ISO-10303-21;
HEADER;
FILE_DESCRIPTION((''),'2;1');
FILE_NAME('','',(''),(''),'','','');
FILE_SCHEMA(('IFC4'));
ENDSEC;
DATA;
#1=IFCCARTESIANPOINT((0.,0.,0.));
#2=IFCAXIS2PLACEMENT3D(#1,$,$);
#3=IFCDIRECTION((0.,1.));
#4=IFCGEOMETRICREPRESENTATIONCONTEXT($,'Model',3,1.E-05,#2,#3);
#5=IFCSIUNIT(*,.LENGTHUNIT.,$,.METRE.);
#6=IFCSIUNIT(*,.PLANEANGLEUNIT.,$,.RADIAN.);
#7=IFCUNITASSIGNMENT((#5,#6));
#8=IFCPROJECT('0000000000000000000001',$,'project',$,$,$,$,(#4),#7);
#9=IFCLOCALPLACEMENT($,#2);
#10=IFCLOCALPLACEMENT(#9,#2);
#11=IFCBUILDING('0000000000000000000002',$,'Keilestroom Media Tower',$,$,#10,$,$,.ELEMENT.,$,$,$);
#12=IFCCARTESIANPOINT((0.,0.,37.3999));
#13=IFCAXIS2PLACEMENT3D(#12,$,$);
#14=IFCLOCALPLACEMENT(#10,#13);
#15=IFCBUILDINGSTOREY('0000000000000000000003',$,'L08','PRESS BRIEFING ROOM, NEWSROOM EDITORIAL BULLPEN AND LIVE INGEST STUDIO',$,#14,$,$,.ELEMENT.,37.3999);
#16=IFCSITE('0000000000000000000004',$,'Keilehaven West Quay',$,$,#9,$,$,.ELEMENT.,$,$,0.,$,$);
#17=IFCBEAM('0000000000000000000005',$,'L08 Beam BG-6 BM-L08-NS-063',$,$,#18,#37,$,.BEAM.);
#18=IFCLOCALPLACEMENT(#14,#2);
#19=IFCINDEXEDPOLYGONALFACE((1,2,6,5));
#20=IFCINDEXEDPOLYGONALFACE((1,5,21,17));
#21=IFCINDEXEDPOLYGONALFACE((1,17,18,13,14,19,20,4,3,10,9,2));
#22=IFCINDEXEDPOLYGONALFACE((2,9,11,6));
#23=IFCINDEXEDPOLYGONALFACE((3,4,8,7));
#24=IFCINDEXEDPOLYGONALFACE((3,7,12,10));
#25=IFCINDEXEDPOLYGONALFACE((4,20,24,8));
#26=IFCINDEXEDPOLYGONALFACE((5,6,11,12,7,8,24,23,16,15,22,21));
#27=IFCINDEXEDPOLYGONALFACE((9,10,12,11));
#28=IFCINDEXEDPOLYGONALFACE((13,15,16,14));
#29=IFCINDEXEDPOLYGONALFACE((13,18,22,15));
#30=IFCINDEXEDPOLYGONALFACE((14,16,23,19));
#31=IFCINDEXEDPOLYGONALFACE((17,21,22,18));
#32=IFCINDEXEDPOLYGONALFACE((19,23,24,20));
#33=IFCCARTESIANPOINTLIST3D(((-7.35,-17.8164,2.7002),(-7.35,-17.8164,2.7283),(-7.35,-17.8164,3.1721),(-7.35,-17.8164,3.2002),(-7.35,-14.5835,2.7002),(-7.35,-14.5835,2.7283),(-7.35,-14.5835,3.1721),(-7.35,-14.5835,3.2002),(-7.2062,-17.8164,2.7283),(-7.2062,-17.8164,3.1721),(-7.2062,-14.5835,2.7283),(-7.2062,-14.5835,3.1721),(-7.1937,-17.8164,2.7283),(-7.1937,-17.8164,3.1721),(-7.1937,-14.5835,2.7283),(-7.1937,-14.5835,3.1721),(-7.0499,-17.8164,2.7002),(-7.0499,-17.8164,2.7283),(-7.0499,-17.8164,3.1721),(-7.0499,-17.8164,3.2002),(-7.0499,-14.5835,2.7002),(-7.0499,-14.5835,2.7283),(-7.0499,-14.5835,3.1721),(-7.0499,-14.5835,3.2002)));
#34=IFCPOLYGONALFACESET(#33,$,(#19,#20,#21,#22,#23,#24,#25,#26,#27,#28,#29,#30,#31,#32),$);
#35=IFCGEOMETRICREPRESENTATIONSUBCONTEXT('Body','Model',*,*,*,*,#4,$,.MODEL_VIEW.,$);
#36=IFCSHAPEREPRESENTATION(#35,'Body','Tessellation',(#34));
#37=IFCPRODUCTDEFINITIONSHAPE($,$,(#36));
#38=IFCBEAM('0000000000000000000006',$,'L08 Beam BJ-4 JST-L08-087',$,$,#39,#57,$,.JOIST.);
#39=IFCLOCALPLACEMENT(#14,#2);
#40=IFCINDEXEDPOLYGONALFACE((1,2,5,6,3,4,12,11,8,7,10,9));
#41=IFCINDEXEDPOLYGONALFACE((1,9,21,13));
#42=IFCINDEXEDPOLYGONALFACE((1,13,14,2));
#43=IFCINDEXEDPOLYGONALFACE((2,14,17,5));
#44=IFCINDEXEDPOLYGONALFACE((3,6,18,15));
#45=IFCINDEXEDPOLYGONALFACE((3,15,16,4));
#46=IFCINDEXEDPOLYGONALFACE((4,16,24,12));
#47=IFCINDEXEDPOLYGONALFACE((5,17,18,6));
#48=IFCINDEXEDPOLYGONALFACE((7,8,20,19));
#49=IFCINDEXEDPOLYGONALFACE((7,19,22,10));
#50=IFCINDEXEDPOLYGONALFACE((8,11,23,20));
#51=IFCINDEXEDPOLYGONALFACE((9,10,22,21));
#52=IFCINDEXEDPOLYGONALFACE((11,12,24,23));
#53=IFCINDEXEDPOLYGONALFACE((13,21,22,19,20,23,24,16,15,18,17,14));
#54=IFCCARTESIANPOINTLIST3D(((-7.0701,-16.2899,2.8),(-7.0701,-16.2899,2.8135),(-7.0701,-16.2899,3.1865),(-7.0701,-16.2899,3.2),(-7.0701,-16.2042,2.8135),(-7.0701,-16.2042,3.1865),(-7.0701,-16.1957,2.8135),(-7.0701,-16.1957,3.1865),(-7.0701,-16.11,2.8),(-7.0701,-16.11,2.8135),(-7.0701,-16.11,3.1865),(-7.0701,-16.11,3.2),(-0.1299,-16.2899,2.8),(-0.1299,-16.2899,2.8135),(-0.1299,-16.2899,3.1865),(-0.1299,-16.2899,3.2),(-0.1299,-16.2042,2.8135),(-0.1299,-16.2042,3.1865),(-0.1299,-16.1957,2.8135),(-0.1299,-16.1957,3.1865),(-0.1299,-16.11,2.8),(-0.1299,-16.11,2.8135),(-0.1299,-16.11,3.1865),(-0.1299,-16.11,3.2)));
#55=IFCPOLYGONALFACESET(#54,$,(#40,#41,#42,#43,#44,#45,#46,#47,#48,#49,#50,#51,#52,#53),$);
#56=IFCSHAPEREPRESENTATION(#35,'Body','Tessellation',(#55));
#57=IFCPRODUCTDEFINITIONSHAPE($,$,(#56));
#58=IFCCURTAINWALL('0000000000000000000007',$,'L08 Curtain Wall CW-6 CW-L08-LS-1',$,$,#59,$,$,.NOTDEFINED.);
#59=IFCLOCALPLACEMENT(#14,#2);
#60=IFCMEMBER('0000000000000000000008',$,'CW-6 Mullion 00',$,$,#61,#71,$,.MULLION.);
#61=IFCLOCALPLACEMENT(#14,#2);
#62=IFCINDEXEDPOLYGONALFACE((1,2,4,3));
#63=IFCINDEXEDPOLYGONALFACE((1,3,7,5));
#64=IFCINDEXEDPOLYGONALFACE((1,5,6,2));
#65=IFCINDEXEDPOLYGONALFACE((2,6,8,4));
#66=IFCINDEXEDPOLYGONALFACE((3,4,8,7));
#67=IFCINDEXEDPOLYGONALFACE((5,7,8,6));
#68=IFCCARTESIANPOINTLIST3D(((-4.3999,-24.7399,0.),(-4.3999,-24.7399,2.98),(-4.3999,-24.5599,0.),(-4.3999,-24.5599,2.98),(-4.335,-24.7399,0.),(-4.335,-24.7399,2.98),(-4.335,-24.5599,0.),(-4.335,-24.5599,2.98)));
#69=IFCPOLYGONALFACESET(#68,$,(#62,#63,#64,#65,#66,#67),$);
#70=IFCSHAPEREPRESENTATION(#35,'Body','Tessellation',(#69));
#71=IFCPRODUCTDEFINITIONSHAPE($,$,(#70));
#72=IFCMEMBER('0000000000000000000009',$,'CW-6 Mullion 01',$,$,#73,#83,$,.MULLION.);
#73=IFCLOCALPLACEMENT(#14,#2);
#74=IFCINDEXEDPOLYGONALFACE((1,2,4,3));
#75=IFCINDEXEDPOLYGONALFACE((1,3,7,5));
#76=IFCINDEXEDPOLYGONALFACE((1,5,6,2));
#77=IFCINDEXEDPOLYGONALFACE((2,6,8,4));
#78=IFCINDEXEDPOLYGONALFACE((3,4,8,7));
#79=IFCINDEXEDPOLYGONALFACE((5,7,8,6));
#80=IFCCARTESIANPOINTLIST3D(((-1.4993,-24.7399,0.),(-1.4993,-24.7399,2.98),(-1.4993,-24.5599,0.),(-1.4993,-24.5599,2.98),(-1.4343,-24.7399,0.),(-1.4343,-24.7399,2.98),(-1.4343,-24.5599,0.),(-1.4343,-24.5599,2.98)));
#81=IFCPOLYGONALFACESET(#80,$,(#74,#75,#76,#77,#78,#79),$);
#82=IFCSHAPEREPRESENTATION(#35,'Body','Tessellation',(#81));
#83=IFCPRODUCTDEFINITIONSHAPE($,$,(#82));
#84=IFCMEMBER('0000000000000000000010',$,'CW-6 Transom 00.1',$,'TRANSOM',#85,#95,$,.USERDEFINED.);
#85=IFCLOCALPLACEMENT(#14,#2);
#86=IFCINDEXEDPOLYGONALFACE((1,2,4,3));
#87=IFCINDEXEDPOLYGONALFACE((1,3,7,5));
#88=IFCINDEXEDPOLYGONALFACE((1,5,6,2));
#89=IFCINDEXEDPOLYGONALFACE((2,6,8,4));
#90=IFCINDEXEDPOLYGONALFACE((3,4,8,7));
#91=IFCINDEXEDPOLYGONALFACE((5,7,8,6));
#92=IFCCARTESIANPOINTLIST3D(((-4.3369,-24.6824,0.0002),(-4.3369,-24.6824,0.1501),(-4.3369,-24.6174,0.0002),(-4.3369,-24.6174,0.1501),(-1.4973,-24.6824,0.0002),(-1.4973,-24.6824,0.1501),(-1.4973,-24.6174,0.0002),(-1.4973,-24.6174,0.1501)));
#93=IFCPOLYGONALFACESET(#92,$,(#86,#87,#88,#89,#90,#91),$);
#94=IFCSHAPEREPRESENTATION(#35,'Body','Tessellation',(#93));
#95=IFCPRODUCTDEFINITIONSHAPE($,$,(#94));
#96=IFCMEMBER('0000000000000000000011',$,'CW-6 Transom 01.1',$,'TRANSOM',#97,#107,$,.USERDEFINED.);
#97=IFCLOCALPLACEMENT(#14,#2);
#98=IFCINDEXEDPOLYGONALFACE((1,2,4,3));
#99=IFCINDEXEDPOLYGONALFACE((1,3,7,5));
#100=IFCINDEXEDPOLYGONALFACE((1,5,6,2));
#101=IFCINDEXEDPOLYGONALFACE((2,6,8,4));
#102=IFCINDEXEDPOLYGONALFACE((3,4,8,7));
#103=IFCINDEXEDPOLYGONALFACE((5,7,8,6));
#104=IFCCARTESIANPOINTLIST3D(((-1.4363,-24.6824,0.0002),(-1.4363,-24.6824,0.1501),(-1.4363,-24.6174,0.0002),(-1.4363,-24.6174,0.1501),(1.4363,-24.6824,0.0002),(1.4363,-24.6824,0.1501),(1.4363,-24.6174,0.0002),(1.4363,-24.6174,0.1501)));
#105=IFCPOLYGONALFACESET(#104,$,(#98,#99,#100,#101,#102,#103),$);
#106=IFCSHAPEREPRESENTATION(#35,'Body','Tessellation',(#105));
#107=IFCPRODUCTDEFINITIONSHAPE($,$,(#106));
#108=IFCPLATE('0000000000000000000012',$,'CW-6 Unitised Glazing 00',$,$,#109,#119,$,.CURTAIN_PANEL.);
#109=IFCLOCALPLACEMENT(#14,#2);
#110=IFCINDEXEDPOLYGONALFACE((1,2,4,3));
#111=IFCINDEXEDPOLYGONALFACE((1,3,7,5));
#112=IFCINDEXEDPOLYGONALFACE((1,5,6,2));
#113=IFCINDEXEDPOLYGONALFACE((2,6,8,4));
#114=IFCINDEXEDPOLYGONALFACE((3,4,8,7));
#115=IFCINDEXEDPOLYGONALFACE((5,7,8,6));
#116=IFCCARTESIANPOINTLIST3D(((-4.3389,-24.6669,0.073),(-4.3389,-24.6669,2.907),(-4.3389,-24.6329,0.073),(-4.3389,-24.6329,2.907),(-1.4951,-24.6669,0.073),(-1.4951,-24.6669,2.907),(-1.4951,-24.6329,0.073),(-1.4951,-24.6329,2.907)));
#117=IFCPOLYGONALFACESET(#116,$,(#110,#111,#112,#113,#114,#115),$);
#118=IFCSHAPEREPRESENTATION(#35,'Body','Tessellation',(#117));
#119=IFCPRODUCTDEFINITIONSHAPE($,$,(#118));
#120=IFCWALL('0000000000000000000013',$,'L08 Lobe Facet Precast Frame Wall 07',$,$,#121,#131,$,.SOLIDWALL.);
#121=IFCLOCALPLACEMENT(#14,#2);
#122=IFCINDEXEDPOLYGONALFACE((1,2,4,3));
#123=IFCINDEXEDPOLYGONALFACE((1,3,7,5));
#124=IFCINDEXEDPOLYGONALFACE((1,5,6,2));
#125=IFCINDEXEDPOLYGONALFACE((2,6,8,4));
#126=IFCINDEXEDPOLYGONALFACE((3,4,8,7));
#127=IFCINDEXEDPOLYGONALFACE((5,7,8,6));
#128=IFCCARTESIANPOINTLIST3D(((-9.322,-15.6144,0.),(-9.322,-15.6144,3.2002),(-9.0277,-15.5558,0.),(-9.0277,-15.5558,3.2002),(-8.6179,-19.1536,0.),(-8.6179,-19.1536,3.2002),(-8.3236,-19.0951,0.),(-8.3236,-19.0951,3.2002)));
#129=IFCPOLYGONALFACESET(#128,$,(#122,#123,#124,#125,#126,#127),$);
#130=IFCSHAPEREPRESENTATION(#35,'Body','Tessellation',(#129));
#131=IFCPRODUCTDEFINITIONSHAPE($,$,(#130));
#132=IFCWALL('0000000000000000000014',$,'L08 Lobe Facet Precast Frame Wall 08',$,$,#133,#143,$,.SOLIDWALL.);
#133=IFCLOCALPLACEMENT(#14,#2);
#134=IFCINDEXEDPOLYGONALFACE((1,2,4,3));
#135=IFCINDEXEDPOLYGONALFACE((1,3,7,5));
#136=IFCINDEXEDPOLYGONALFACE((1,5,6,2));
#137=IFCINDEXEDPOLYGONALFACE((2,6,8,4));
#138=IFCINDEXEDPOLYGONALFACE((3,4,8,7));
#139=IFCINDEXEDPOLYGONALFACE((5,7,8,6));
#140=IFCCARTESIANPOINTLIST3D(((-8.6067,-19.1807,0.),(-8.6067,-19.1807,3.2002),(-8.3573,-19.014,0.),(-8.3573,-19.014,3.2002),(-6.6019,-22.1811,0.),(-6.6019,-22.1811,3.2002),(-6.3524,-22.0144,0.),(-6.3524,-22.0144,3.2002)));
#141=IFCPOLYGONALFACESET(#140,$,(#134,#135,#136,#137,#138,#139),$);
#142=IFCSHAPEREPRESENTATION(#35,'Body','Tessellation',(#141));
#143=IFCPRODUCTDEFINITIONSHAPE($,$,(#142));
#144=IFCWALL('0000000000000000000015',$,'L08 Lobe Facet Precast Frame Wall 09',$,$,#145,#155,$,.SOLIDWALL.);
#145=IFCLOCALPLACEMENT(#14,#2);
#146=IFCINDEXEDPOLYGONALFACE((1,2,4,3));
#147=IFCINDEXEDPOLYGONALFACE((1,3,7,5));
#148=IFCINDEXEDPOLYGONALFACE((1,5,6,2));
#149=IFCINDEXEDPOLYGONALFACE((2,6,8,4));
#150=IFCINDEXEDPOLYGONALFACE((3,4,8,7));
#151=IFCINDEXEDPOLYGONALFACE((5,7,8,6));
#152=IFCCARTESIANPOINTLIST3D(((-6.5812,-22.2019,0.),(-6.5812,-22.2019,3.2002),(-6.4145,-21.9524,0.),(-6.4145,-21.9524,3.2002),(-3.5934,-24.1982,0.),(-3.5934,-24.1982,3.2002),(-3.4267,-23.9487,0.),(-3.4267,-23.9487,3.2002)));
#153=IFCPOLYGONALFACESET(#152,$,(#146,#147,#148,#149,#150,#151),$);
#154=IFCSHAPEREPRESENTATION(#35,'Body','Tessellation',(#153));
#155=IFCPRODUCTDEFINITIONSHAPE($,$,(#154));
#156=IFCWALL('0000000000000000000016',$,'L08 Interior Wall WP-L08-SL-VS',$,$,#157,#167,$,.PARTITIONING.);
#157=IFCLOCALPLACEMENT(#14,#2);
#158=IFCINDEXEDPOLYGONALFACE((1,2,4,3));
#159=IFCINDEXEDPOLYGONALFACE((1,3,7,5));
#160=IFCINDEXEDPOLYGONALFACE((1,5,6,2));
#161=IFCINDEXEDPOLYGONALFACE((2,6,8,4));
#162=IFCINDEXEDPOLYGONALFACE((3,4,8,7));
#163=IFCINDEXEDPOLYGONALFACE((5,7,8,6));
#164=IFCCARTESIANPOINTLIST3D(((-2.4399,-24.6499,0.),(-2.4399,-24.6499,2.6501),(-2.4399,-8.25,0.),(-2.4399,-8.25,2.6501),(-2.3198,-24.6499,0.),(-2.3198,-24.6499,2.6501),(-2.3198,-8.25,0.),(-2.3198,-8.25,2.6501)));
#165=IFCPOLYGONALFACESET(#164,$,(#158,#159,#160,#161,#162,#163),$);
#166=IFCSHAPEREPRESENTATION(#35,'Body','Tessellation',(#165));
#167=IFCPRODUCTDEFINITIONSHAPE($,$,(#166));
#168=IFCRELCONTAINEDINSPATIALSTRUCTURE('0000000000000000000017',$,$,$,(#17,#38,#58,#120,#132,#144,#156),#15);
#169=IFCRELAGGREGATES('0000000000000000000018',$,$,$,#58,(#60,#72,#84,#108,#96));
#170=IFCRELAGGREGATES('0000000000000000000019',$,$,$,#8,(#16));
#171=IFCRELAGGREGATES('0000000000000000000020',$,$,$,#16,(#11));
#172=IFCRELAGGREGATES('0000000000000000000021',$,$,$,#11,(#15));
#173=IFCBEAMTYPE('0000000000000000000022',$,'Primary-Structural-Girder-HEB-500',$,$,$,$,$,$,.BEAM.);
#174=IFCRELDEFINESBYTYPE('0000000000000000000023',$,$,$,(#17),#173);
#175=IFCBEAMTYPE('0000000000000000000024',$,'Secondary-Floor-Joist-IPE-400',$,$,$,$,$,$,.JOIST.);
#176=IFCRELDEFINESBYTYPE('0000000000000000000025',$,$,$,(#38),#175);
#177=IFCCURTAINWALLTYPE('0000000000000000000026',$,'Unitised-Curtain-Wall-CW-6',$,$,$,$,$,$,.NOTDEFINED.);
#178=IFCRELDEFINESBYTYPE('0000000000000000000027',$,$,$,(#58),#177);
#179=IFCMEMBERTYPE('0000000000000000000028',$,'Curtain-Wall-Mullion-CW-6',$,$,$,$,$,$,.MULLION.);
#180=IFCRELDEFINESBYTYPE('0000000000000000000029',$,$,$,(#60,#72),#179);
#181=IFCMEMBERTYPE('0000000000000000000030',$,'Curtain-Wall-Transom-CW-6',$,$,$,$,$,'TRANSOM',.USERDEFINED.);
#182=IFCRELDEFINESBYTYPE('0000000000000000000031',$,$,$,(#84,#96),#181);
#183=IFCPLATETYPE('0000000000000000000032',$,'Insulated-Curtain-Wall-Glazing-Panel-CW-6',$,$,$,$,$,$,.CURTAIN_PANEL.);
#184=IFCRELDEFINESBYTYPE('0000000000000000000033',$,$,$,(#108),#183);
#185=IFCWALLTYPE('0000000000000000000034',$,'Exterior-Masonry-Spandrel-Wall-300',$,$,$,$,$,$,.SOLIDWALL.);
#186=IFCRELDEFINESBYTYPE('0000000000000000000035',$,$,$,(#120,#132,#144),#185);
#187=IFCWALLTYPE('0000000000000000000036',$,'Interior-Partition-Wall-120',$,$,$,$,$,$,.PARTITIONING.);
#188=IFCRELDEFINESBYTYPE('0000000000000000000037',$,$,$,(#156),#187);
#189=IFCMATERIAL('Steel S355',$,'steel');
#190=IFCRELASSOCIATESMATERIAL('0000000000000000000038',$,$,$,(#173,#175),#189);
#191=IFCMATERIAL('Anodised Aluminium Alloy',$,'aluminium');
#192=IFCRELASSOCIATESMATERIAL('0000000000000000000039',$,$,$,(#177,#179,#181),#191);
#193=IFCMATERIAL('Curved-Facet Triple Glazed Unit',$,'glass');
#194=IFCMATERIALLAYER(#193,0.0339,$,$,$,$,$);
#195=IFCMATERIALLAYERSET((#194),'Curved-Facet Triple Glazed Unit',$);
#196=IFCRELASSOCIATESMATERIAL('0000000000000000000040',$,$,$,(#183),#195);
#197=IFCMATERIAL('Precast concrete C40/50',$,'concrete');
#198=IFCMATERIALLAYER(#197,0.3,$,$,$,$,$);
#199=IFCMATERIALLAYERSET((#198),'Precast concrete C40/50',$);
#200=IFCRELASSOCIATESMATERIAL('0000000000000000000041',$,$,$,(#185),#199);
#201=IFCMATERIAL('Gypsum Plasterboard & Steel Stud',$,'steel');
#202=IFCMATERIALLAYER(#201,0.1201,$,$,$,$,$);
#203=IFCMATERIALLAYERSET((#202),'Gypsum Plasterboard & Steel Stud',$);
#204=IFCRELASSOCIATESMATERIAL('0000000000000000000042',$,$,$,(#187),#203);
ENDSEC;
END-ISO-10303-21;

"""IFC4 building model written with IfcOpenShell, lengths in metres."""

from ifc_helpers import new_model, si_unit, direction, frame, frame_2d, origin, origin_2d, place, context, subcontext, project, spatial, rectangle, i_section, extrude, source, transform, mapped, material, layer, layer_set, material_profile, profile_set, type_object, element, aggregate, save


model = new_model("IFC4")

# Units and contexts
model_context = context("Model", 3, precision=1e-05, world=origin(), true_north=direction((0.0, 1.0)))
body_context = subcontext(model_context, "Body", "Model", "MODEL_VIEW")
ifc_project = project(units=[si_unit("LENGTHUNIT", "METRE"), si_unit("PLANEANGLEUNIT", "RADIAN")], contexts=[model_context])

# Site, building, storey
site_placement = place(None, origin())
site = spatial("IfcSite", under=ifc_project, at=site_placement, Name="Keilehaven West Quay", CompositionType="ELEMENT", RefElevation=0.0)
building_placement = place(site_placement, origin())
building = spatial("IfcBuilding", under=site, at=building_placement, Name="Keilestroom Media Tower", CompositionType="ELEMENT")
storey_placement = place(building_placement, frame((0.0, 0.0, 37.3999)))
storey = spatial("IfcBuildingStorey", under=building, at=storey_placement, Name="L08", Description="PRESS BRIEFING ROOM, NEWSROOM EDITORIAL BULLPEN AND LIVE INGEST STUDIO", CompositionType="ELEMENT", Elevation=37.3999)

# Beams
ifc_material_1 = material(Name="Steel S355", Category="steel")
ifc_material_profile_1 = material_profile(ifc_material_1, i_section(OverallWidth=0.3, OverallDepth=0.5, WebThickness=0.0125, FlangeThickness=0.0281, at=origin_2d()), Name="HEB 500")
ifc_profile_set_1 = profile_set([ifc_material_profile_1], Name="Steel S355")
beam_type_1 = type_object("IfcBeamType", Name="Primary-Structural-Girder-HEB-500", PredefinedType="BEAM", material=ifc_profile_set_1)
shared_shape_1 = source(origin(), body_context, "Body", "SweptSolid", [
    extrude(i_section(OverallWidth=0.3, OverallDepth=0.5, WebThickness=0.0125, FlangeThickness=0.0281, at=origin_2d()), origin(), (0.0, 0.0, 1.0), 3.2329),
])
beam_1_placement = place(storey_placement, frame((-7.2, -17.8164, 2.9502), z_axis=(0.0, 1.0, 0.0), x_axis=(-1.0, 0.0, 0.0)))
element("IfcBeam", 1, at=beam_1_placement, inside=storey, type_object=beam_type_1, Name="L08 Beam BG-6 BM-L08-NS-063", PredefinedType="BEAM", context=body_context, shape_type="MappedRepresentation", body=[
    mapped(shared_shape_1, transform((0.0, 0.0, 0.0), x_axis=(1.0, 0.0, 0.0), y_axis=(0.0, 1.0, 0.0), z_axis=(0.0, 0.0, 1.0), scale=1.0)),
])
ifc_material_profile_2 = material_profile(ifc_material_1, i_section(OverallWidth=0.1799, OverallDepth=0.3999, WebThickness=0.0085, FlangeThickness=0.0134, at=origin_2d()), Name="IPE 400")
ifc_profile_set_2 = profile_set([ifc_material_profile_2], Name="Steel S355")
beam_type_2 = type_object("IfcBeamType", Name="Secondary-Floor-Joist-IPE-400", PredefinedType="JOIST", material=ifc_profile_set_2)
shared_shape_2 = source(origin(), body_context, "Body", "SweptSolid", [
    extrude(i_section(OverallWidth=0.1799, OverallDepth=0.3999, WebThickness=0.0085, FlangeThickness=0.0134, at=origin_2d()), origin(), (0.0, 0.0, 1.0), 6.9402),
])
beam_2_placement = place(storey_placement, frame((-7.0701, -16.2, 3.0), z_axis=(1.0, 0.0, 0.0), x_axis=(0.0, 1.0, 0.0)))
element("IfcBeam", 2, at=beam_2_placement, inside=storey, type_object=beam_type_2, Name="L08 Beam BJ-4 JST-L08-087", PredefinedType="JOIST", context=body_context, shape_type="MappedRepresentation", body=[
    mapped(shared_shape_2, transform((0.0, 0.0, 0.0), x_axis=(1.0, 0.0, 0.0), y_axis=(0.0, 1.0, 0.0), z_axis=(0.0, 0.0, 1.0), scale=1.0)),
])

# Curtain wall, members, plate
ifc_material_2 = material(Name="Anodised Aluminium Alloy", Category="aluminium")
curtain_wall_type = type_object("IfcCurtainWallType", Name="Unitised-Curtain-Wall-CW-6", PredefinedType="NOTDEFINED", material=ifc_material_2)
curtain_wall_placement = place(storey_placement, origin())
curtain_wall = element("IfcCurtainWall", 3, at=curtain_wall_placement, inside=storey, type_object=curtain_wall_type, Name="L08 Curtain Wall CW-6 CW-L08-LS-1", PredefinedType="NOTDEFINED")
ifc_material_profile_3 = material_profile(ifc_material_2, rectangle(XDim=0.0649, YDim=0.1799, at=origin_2d()), Name="ALU MULLION 65x180")
ifc_profile_set_3 = profile_set([ifc_material_profile_3], Name="Anodised Aluminium Alloy")
member_type_1 = type_object("IfcMemberType", Name="Curtain-Wall-Mullion-CW-6", PredefinedType="MULLION", material=ifc_profile_set_3)
shared_shape_3 = source(origin(), body_context, "Body", "SweptSolid", [
    extrude(rectangle(XDim=0.0649, YDim=0.1799, at=origin_2d()), origin(), (0.0, 0.0, 1.0), 2.98),
])
member_1_placement = place(storey_placement, frame((-4.3674, -24.6499, 0.0), z_axis=(0.0, 0.0, 1.0), x_axis=(1.0, 0.0, 0.0)))
member_1 = element("IfcMember", 4, at=member_1_placement, type_object=member_type_1, Name="CW-6 Mullion 00", PredefinedType="MULLION", context=body_context, shape_type="MappedRepresentation", body=[
    mapped(shared_shape_3, transform((0.0, 0.0, 0.0), x_axis=(1.0, 0.0, 0.0), y_axis=(0.0, 1.0, 0.0), z_axis=(0.0, 0.0, 1.0), scale=1.0)),
])
member_2_placement = place(storey_placement, frame((-1.4668, -24.6499, 0.0), z_axis=(0.0, 0.0, 1.0), x_axis=(1.0, 0.0, 0.0)))
member_2 = element("IfcMember", 5, at=member_2_placement, type_object=member_type_1, Name="CW-6 Mullion 01", PredefinedType="MULLION", context=body_context, shape_type="MappedRepresentation", body=[
    mapped(shared_shape_3, transform((0.0, 0.0, 0.0), x_axis=(1.0, 0.0, 0.0), y_axis=(0.0, 1.0, 0.0), z_axis=(0.0, 0.0, 1.0), scale=1.0)),
])
ifc_material_profile_4 = material_profile(ifc_material_2, rectangle(XDim=0.0649, YDim=0.1499, at=origin_2d()), Name="ALU TRANSOM 65x150")
ifc_profile_set_4 = profile_set([ifc_material_profile_4], Name="Anodised Aluminium Alloy")
member_type_2 = type_object("IfcMemberType", Name="Curtain-Wall-Transom-CW-6", ElementType="TRANSOM", PredefinedType="USERDEFINED", material=ifc_profile_set_4)
shared_shape_4 = source(origin(), body_context, "Body", "SweptSolid", [
    extrude(rectangle(XDim=0.0649, YDim=0.1499, at=origin_2d()), origin(), (0.0, 0.0, 1.0), 2.8396),
])
member_3_placement = place(storey_placement, frame((-4.3369, -24.6499, 0.0752), z_axis=(1.0, 0.0, 0.0), x_axis=(0.0, 1.0, 0.0)))
member_3 = element("IfcMember", 6, at=member_3_placement, type_object=member_type_2, Name="CW-6 Transom 00.1", ObjectType="TRANSOM", PredefinedType="USERDEFINED", context=body_context, shape_type="MappedRepresentation", body=[
    mapped(shared_shape_4, transform((0.0, 0.0, 0.0), x_axis=(1.0, 0.0, 0.0), y_axis=(0.0, 1.0, 0.0), z_axis=(0.0, 0.0, 1.0), scale=1.0)),
])
shared_shape_5 = source(origin(), body_context, "Body", "SweptSolid", [
    extrude(rectangle(XDim=0.0649, YDim=0.1499, at=origin_2d()), origin(), (0.0, 0.0, 1.0), 2.8726),
])
member_4_placement = place(storey_placement, frame((-1.4363, -24.6499, 0.0752), z_axis=(1.0, 0.0, 0.0), x_axis=(0.0, 1.0, 0.0)))
member_4 = element("IfcMember", 7, at=member_4_placement, type_object=member_type_2, Name="CW-6 Transom 01.1", ObjectType="TRANSOM", PredefinedType="USERDEFINED", context=body_context, shape_type="MappedRepresentation", body=[
    mapped(shared_shape_5, transform((0.0, 0.0, 0.0), x_axis=(1.0, 0.0, 0.0), y_axis=(0.0, 1.0, 0.0), z_axis=(0.0, 0.0, 1.0), scale=1.0)),
])
ifc_material_3 = material(Name="Curved-Facet Triple Glazed Unit", Category="glass")
ifc_layer_1 = layer(ifc_material_3, 0.0339)
ifc_layer_set_1 = layer_set([ifc_layer_1], Name="Curved-Facet Triple Glazed Unit")
plate_type = type_object("IfcPlateType", Name="Insulated-Curtain-Wall-Glazing-Panel-CW-6", PredefinedType="CURTAIN_PANEL", material=ifc_layer_set_1)
shared_shape_6 = source(origin(), body_context, "Body", "SweptSolid", [
    extrude(rectangle(XDim=2.8438, YDim=0.0339, at=origin_2d()), origin(), (0.0, 0.0, 1.0), 2.834),
])
plate_placement = place(storey_placement, frame((-2.917, -24.6499, 0.073), z_axis=(0.0, 0.0, 1.0), x_axis=(1.0, 0.0, 0.0)))
plate = element("IfcPlate", 8, at=plate_placement, type_object=plate_type, Name="CW-6 Unitised Glazing 00", PredefinedType="CURTAIN_PANEL", context=body_context, shape_type="MappedRepresentation", body=[
    mapped(shared_shape_6, transform((0.0, 0.0, 0.0), x_axis=(1.0, 0.0, 0.0), y_axis=(0.0, 1.0, 0.0), z_axis=(0.0, 0.0, 1.0), scale=1.0)),
])
aggregate(curtain_wall, [member_1, member_2, member_3, plate, member_4])

# Walls
ifc_material_4 = material(Name="Precast concrete C40/50", Category="concrete")
ifc_layer_2 = layer(ifc_material_4, 0.3)
ifc_layer_set_2 = layer_set([ifc_layer_2], Name="Precast concrete C40/50")
wall_type_1 = type_object("IfcWallType", Name="Exterior-Masonry-Spandrel-Wall-300", PredefinedType="SOLIDWALL", material=ifc_layer_set_2)
for number, where, z_axis, x_axis, name in (
    (9, (-9.1748, -15.5852, 0.0), (0.0, 0.0, 1.0), (0.195114, -0.980781, 0.0), "L08 Lobe Facet Precast Frame Wall 07"),
    (10, (-8.4819, -19.0974, 0.0), (0.0, 0.0, 1.0), (0.555574, -0.831467, 0.0), "L08 Lobe Facet Precast Frame Wall 08"),
):
    element("IfcWall", number, at=place(storey_placement, frame(where, z_axis=z_axis, x_axis=x_axis)), inside=storey, type_object=wall_type_1, Name=name, PredefinedType="SOLIDWALL", context=body_context, shape_type="SweptSolid", body=[
        extrude(rectangle(XDim=3.6086, YDim=0.3, at=frame_2d((1.8042, 0.0))), origin(), (0.0, 0.0, 1.0), 3.2002),
    ])
wall_1_placement = place(storey_placement, frame((-6.4978, -22.0771, 0.0), z_axis=(0.0, 0.0, 1.0), x_axis=(0.831475, -0.555562, 0.0)))
element("IfcWall", 11, at=wall_1_placement, inside=storey, type_object=wall_type_1, Name="L08 Lobe Facet Precast Frame Wall 09", PredefinedType="SOLIDWALL", context=body_context, shape_type="SweptSolid", body=[
    extrude(rectangle(XDim=3.5933, YDim=0.3, at=frame_2d((1.7966, 0.0))), origin(), (0.0, 0.0, 1.0), 3.2002),
])
ifc_material_5 = material(Name="Gypsum Plasterboard & Steel Stud", Category="steel")
ifc_layer_3 = layer(ifc_material_5, 0.1201)
ifc_layer_set_3 = layer_set([ifc_layer_3], Name="Gypsum Plasterboard & Steel Stud")
wall_type_2 = type_object("IfcWallType", Name="Interior-Partition-Wall-120", PredefinedType="PARTITIONING", material=ifc_layer_set_3)
wall_2_placement = place(storey_placement, frame((-2.3799, -24.6499, 0.0), z_axis=(0.0, 0.0, 1.0), x_axis=(0.0, 1.0, 0.0)))
element("IfcWall", 12, at=wall_2_placement, inside=storey, type_object=wall_type_2, Name="L08 Interior Wall WP-L08-SL-VS", PredefinedType="PARTITIONING", context=body_context, shape_type="SweptSolid", body=[
    extrude(rectangle(XDim=16.3999, YDim=0.1201, at=frame_2d((8.2, 0.0))), origin(), (0.0, 0.0, 1.0), 2.6501),
])

save(model, "model.ifc")
